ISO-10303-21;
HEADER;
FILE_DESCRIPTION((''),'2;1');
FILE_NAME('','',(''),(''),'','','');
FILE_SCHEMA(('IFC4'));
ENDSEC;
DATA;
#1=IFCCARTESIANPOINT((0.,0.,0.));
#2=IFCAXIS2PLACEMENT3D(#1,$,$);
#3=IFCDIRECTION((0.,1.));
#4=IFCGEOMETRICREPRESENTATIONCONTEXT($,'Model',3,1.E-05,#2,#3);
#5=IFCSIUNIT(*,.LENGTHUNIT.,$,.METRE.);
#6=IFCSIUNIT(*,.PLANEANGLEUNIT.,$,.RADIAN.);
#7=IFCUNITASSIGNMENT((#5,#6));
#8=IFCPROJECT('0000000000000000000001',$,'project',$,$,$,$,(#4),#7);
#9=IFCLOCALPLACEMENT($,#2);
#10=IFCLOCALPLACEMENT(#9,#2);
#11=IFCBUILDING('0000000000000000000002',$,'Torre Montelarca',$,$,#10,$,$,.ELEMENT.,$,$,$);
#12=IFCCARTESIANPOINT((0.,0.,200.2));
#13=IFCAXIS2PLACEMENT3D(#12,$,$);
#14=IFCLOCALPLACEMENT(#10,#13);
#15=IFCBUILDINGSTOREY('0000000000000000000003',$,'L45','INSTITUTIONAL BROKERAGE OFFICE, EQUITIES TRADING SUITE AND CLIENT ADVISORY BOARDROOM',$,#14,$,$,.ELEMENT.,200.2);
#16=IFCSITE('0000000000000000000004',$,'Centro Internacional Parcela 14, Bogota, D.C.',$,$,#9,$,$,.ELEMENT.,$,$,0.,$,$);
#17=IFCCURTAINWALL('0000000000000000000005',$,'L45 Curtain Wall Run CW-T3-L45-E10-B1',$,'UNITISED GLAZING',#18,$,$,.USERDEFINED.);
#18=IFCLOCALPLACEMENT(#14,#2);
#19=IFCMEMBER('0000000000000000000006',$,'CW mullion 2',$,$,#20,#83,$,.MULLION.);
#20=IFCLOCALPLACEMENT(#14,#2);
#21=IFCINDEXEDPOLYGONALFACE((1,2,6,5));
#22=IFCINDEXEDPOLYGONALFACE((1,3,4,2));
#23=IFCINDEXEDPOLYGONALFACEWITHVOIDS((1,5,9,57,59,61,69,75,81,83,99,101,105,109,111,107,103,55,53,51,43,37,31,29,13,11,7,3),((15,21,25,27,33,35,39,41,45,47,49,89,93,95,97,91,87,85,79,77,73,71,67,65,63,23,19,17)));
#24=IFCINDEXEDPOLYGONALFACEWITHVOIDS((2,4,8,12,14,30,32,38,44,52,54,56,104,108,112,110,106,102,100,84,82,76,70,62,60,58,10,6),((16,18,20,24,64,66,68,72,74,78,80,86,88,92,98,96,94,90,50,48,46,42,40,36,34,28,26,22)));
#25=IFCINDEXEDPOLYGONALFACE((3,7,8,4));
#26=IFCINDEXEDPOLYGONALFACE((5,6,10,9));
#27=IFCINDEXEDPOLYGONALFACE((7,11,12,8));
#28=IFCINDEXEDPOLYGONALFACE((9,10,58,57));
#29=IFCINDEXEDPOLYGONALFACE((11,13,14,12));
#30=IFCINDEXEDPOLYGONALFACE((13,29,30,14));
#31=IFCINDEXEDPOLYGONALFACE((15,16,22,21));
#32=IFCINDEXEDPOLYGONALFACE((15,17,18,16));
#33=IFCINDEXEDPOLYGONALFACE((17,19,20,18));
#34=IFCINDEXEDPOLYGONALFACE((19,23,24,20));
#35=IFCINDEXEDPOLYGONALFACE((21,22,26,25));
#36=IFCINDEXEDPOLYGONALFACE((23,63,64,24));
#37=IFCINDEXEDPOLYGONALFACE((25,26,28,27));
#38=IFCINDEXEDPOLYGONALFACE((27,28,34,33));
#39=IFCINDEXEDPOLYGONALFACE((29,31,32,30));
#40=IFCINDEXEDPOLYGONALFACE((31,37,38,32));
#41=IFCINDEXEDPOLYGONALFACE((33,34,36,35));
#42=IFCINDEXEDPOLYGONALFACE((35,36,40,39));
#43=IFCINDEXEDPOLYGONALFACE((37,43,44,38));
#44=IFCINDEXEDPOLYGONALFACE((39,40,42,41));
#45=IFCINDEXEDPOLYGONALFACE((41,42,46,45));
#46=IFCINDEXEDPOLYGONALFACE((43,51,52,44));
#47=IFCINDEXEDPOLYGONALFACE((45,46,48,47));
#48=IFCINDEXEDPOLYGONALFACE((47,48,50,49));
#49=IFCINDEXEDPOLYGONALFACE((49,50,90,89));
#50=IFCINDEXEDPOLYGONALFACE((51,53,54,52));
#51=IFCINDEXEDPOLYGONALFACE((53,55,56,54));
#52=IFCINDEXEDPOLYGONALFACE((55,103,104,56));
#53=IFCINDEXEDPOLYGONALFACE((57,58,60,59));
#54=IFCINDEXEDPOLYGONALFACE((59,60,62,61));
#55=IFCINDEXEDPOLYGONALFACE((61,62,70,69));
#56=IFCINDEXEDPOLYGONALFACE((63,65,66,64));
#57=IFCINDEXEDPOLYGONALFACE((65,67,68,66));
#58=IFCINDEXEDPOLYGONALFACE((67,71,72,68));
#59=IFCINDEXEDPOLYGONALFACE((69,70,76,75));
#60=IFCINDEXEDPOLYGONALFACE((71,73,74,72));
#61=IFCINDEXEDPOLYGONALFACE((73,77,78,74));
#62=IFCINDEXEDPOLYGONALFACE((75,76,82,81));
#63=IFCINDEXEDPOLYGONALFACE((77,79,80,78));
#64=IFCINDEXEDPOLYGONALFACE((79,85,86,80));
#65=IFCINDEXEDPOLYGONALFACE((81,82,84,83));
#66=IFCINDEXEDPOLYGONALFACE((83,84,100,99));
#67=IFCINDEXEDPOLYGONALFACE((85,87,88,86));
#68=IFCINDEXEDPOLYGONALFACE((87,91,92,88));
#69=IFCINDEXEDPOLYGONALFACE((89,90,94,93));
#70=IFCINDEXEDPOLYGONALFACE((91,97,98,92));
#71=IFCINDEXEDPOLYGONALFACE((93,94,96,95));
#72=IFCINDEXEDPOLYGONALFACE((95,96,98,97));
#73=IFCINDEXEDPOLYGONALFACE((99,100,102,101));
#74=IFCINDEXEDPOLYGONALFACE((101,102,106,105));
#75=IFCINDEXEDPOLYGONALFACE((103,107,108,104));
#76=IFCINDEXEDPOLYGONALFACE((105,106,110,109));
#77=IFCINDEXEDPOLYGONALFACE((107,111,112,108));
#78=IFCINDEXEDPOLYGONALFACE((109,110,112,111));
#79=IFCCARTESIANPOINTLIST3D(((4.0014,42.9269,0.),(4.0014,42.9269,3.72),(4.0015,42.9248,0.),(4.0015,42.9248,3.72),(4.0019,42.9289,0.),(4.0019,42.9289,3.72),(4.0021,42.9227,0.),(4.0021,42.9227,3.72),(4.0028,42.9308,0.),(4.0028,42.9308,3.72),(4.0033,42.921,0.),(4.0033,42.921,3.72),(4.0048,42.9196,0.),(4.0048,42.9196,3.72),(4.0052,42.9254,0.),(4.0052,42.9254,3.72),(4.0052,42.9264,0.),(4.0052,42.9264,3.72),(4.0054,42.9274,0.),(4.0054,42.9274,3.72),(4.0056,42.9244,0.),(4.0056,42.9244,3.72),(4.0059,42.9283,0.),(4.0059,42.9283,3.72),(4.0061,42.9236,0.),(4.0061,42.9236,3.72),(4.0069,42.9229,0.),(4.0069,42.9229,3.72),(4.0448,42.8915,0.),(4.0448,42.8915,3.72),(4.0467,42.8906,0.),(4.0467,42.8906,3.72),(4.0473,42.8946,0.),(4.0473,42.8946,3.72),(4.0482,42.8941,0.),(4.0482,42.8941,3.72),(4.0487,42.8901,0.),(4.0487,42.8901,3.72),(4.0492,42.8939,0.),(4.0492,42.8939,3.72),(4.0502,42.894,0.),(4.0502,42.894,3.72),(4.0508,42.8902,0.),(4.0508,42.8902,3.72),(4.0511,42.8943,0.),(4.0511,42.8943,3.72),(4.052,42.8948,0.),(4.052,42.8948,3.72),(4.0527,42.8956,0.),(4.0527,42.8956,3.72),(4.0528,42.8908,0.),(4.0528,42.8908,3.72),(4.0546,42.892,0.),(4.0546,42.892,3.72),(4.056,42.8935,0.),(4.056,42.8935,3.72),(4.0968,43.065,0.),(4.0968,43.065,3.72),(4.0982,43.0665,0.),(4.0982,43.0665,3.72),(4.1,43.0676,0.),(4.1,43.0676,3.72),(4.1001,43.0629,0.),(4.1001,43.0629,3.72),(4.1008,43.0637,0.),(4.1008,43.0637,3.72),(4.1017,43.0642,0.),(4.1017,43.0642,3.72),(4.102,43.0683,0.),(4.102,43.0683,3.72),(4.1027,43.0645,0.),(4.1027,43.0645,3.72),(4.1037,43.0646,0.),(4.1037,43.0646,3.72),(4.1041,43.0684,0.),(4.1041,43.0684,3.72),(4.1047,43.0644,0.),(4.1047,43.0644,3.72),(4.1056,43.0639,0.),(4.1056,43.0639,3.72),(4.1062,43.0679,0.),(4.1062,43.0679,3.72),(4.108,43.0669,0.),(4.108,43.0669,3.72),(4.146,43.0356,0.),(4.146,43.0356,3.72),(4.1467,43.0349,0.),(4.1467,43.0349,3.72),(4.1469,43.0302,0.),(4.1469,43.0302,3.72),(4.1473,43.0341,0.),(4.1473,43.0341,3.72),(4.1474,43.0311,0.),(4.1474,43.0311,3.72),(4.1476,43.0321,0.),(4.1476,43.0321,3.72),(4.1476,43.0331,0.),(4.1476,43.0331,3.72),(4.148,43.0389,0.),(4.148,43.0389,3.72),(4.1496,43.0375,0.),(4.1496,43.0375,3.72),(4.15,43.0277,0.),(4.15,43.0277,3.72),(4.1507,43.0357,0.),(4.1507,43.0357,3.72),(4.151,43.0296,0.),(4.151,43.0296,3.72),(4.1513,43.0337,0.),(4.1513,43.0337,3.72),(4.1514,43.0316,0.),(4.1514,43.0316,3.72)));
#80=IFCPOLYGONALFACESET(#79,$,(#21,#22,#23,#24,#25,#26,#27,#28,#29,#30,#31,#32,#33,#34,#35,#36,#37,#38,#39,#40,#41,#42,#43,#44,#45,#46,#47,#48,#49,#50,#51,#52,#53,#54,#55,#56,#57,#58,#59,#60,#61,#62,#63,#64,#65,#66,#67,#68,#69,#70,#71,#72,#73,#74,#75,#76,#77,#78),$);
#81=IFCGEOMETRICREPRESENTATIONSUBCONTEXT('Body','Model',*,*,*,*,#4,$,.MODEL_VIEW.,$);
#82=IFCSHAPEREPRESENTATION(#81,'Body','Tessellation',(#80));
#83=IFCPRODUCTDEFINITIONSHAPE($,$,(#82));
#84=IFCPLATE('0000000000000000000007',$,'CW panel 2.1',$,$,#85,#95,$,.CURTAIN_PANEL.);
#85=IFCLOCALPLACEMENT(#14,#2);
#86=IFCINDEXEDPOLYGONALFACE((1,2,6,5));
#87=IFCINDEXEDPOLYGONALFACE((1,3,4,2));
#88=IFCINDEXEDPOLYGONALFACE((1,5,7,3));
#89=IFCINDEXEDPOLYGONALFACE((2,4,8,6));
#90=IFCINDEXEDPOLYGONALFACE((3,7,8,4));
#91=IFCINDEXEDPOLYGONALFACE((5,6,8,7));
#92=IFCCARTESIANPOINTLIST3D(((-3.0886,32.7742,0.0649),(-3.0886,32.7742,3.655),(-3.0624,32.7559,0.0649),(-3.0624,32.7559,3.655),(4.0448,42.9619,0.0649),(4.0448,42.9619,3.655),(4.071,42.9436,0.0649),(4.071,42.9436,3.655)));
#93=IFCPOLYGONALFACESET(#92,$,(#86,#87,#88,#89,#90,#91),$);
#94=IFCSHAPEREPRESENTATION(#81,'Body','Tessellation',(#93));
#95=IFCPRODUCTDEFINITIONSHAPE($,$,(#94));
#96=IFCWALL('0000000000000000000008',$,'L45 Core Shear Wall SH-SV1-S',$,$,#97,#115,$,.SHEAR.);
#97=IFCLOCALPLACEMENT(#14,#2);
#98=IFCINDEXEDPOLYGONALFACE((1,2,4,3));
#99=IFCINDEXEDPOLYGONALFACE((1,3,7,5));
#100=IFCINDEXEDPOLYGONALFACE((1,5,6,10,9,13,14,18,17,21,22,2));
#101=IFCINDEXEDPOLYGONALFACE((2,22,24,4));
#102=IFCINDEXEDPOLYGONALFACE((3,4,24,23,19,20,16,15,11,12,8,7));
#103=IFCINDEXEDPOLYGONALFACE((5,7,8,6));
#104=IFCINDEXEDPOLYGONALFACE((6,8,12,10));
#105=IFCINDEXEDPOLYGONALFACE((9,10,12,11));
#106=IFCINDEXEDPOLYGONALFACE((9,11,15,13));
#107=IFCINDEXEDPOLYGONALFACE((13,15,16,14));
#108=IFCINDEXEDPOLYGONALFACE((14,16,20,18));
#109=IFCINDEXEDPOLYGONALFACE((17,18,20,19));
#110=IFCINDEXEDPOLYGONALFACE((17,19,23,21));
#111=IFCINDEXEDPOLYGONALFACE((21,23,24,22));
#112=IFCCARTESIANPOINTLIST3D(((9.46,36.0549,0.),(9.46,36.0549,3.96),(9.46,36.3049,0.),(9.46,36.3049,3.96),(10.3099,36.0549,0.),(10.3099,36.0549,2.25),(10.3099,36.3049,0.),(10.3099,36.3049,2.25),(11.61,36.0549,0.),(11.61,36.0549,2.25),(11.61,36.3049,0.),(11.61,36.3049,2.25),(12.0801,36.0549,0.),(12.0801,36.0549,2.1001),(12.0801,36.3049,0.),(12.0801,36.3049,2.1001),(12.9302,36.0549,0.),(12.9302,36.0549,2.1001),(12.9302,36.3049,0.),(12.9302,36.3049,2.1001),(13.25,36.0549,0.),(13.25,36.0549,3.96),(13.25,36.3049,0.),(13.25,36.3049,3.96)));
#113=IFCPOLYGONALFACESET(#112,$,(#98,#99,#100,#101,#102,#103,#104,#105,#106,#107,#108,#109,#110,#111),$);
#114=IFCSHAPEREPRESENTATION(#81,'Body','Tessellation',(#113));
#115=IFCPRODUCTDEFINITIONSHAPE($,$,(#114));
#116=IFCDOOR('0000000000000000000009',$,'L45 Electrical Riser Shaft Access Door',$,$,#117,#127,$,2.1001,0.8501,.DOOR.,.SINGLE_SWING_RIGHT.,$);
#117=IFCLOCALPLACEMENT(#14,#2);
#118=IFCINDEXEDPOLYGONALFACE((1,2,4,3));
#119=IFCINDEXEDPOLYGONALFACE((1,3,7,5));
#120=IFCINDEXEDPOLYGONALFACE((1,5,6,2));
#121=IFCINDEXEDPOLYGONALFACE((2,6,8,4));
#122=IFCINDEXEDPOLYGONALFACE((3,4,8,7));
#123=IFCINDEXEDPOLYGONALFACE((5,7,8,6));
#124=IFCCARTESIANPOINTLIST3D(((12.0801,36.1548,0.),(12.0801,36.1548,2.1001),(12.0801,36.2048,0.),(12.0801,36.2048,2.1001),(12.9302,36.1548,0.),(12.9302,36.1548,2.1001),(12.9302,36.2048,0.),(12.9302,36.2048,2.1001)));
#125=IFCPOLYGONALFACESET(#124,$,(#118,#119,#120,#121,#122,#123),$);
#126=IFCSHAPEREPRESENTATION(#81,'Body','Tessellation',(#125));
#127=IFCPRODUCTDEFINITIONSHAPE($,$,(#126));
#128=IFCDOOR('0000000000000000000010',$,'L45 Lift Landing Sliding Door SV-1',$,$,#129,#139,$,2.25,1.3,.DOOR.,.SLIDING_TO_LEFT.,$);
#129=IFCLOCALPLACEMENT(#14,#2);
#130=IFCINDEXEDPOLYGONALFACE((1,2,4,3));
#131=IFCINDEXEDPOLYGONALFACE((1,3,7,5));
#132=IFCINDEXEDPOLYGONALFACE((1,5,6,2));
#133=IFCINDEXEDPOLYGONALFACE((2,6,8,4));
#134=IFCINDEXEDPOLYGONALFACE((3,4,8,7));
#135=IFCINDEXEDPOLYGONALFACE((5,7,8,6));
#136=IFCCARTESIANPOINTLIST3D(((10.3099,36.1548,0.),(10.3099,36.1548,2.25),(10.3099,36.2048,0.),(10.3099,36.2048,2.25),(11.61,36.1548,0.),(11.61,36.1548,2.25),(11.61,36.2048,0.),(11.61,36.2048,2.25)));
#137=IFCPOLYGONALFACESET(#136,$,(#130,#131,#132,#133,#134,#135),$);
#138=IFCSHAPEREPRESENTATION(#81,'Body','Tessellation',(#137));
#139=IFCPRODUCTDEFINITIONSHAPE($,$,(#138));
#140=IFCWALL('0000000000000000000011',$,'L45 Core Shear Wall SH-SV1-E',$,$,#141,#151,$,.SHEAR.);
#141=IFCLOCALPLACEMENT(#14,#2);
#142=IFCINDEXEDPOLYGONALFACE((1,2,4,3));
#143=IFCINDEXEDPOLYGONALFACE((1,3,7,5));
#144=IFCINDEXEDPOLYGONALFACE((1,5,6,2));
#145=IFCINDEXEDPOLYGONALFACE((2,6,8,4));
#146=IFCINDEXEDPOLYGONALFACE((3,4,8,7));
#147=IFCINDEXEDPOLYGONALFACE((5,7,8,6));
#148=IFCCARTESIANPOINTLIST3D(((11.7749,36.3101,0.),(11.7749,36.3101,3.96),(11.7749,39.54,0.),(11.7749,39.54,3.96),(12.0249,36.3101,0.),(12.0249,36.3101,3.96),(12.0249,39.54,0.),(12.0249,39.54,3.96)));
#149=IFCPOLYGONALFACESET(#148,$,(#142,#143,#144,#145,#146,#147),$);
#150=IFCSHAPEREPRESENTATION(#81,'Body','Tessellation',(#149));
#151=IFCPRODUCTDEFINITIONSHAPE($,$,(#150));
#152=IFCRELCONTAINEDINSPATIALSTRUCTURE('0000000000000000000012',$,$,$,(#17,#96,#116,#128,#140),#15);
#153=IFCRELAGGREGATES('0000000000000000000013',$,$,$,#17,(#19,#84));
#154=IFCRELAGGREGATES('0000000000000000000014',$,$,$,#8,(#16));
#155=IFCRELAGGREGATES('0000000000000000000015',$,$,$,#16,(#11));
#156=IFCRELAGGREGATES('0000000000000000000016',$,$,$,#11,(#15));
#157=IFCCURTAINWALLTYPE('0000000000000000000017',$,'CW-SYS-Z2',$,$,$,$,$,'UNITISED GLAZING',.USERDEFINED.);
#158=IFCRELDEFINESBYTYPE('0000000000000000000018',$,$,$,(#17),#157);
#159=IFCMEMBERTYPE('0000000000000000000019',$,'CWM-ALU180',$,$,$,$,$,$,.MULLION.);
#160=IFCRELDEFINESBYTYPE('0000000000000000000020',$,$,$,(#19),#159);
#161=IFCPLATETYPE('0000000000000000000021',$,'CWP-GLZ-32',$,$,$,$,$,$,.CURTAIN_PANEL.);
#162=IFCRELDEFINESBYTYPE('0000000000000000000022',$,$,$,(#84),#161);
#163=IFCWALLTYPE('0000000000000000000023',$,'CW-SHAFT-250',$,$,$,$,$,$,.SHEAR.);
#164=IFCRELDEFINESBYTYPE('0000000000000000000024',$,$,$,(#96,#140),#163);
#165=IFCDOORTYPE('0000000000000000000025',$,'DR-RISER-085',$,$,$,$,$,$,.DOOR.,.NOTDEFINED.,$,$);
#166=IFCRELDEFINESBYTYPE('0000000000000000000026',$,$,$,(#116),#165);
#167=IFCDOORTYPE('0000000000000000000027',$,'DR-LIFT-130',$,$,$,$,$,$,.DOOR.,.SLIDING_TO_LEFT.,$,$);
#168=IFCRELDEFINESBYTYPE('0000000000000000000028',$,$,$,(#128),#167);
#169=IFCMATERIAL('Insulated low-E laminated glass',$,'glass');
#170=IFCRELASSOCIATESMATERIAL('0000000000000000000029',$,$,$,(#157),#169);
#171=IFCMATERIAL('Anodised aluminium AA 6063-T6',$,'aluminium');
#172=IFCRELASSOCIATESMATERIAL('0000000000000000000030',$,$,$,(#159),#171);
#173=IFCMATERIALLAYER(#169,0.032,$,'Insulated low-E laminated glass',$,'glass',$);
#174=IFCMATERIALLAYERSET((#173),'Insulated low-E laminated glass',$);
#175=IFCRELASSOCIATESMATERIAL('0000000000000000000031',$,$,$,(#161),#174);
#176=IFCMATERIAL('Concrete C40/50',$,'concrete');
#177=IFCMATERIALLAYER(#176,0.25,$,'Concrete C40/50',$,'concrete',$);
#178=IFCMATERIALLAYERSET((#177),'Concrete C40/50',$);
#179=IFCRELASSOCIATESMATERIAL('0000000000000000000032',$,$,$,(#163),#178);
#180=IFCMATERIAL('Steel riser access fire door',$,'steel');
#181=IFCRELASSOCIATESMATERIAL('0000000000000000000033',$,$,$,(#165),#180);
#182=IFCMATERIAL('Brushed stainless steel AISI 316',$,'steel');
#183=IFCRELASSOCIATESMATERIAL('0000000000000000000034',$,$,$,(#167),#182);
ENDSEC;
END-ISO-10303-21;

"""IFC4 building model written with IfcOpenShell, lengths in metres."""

from ifc_helpers import new_model, si_unit, direction, frame, frame_2d, origin, origin_2d, place, context, subcontext, project, spatial, rectangle, hollow_rectangle, extrude, source, transform, mapped, material, layer, layer_set, material_profile, profile_set, type_object, element, fill, aggregate, save


model = new_model("IFC4")

# Units and contexts
model_context = context("Model", 3, precision=1e-05, world=origin(), true_north=direction((0.0, 1.0)))
body_context = subcontext(model_context, "Body", "Model", "MODEL_VIEW")
ifc_project = project(units=[si_unit("LENGTHUNIT", "METRE"), si_unit("PLANEANGLEUNIT", "RADIAN")], contexts=[model_context])

# Site, building, storey
site_placement = place(None, origin())
site = spatial("IfcSite", under=ifc_project, at=site_placement, Name="Centro Internacional Parcela 14, Bogota, D.C.", CompositionType="ELEMENT", RefElevation=0.0)
building_placement = place(site_placement, origin())
building = spatial("IfcBuilding", under=site, at=building_placement, Name="Torre Montelarca", CompositionType="ELEMENT")
storey_placement = place(building_placement, frame((0.0, 0.0, 200.2)))
storey = spatial("IfcBuildingStorey", under=building, at=storey_placement, Name="L45", Description="INSTITUTIONAL BROKERAGE OFFICE, EQUITIES TRADING SUITE AND CLIENT ADVISORY BOARDROOM", CompositionType="ELEMENT", Elevation=200.2)

# Curtain wall, member, plate
ifc_material_1 = material(Name="Insulated low-E laminated glass", Category="glass")
curtain_wall_type = type_object("IfcCurtainWallType", Name="CW-SYS-Z2", ElementType="UNITISED GLAZING", PredefinedType="USERDEFINED", material=ifc_material_1)
curtain_wall_placement = place(storey_placement, origin())
curtain_wall = element("IfcCurtainWall", 1, at=curtain_wall_placement, inside=storey, type_object=curtain_wall_type, Name="L45 Curtain Wall Run CW-T3-L45-E10-B1", ObjectType="UNITISED GLAZING", PredefinedType="USERDEFINED")
ifc_material_2 = material(Name="Anodised aluminium AA 6063-T6", Category="aluminium")
ifc_material_profile_1 = material_profile(ifc_material_2, hollow_rectangle(XDim=0.0649, YDim=0.1799, WallThickness=0.0039, InnerFilletRadius=0.0039, OuterFilletRadius=0.0081, at=origin_2d()), Name="ALU65X180X4", Category="aluminium")
ifc_profile_set_1 = profile_set([ifc_material_profile_1], Name="Anodised aluminium AA 6063-T6")
member_type_1 = type_object("IfcMemberType", Name="CWM-ALU180", PredefinedType="MULLION", material=ifc_profile_set_1)
shared_shape_1 = source(origin(), body_context, "Body", "SweptSolid", [
    extrude(hollow_rectangle(XDim=0.0649, YDim=0.1799, WallThickness=0.0039, InnerFilletRadius=0.0039, OuterFilletRadius=0.0081, at=origin_2d()), origin(), (0.0, 0.0, 1.0), 3.72),
])
member_1_placement = place(storey_placement, frame((4.0764, 42.9792, 0.0), z_axis=(0.0, 0.0, 1.0), x_axis=(0.819158, -0.573569, 0.0)))
member_1 = element("IfcMember", 2, at=member_1_placement, type_object=member_type_1, Name="CW mullion 2", PredefinedType="MULLION", context=body_context, shape_type="MappedRepresentation", body=[
    mapped(shared_shape_1, transform((0.0, 0.0, 0.0), scale=1.0)),
])
ifc_layer_1 = layer(ifc_material_1, 0.032, Name="Insulated low-E laminated glass", Category="glass")
ifc_layer_set_1 = layer_set([ifc_layer_1], Name="Insulated low-E laminated glass")
plate_type = type_object("IfcPlateType", Name="CWP-GLZ-32", PredefinedType="CURTAIN_PANEL", material=ifc_layer_set_1)
shared_shape_2 = source(origin(), body_context, "Body", "SweptSolid", [
    extrude(rectangle(XDim=12.4368, YDim=0.032, at=origin_2d()), origin(), (0.0, 0.0, 1.0), 3.5901),
])
plate_placement = place(storey_placement, frame((0.4912, 37.8589, 0.0649), z_axis=(0.0, 0.0, 1.0), x_axis=(-0.573569, -0.819158, 0.0)))
plate = element("IfcPlate", 3, at=plate_placement, type_object=plate_type, Name="CW panel 2.1", PredefinedType="CURTAIN_PANEL", context=body_context, shape_type="MappedRepresentation", body=[
    mapped(shared_shape_2, transform((0.0, 0.0, 0.0), scale=1.0)),
])
aggregate(curtain_wall, [member_1, plate])

# Wall, openings, doors
ifc_material_3 = material(Name="Concrete C40/50", Category="concrete")
ifc_layer_2 = layer(ifc_material_3, 0.25, Name="Concrete C40/50", Category="concrete")
ifc_layer_set_2 = layer_set([ifc_layer_2], Name="Concrete C40/50")
wall_type_1 = type_object("IfcWallType", Name="CW-SHAFT-250", PredefinedType="SHEAR", material=ifc_layer_set_2)
wall_1_placement = place(storey_placement, frame((9.46, 36.1799, 0.0), z_axis=(0.0, 0.0, 1.0), x_axis=(1.0, 0.0, 0.0)))
wall_1 = element("IfcWall", 4, at=wall_1_placement, inside=storey, type_object=wall_type_1, Name="L45 Core Shear Wall SH-SV1-S", PredefinedType="SHEAR", context=body_context, shape_type="SweptSolid", body=[
    extrude(rectangle(XDim=3.79, YDim=0.25, at=frame_2d((1.895, 0.0))), origin(), (0.0, 0.0, 1.0), 3.96),
])
opening_1_placement = place(wall_1_placement, frame((2.6201, 0.0, 0.0)))
opening_1 = element("IfcOpeningElement", 5, at=opening_1_placement, cuts=wall_1, PredefinedType="OPENING", context=body_context, shape_type="SweptSolid", body=[
    extrude(rectangle(XDim=0.8501, YDim=2.1001, at=frame_2d((0.425, 1.05))), frame((0.0, 0.135, 0.0), z_axis=(0.0, -1.0, 0.0), x_axis=(1.0, 0.0, 0.0)), (0.0, 0.0, 1.0), 0.27),
])
opening_2_placement = place(wall_1_placement, frame((0.8501, 0.0, 0.0)))
opening_2 = element("IfcOpeningElement", 6, at=opening_2_placement, cuts=wall_1, PredefinedType="OPENING", context=body_context, shape_type="SweptSolid", body=[
    extrude(rectangle(XDim=1.3, YDim=2.25, at=frame_2d((0.6499, 1.125))), frame((0.0, 0.135, 0.0), z_axis=(0.0, -1.0, 0.0), x_axis=(1.0, 0.0, 0.0)), (0.0, 0.0, 1.0), 0.27),
])
ifc_material_4 = material(Name="Steel riser access fire door", Category="steel")
door_type_1 = type_object("IfcDoorType", Name="DR-RISER-085", OperationType="NOTDEFINED", PredefinedType="DOOR", material=ifc_material_4)
shared_shape_3 = source(origin(), body_context, "Body", "SweptSolid", [
    extrude(rectangle(XDim=0.8501, YDim=2.1001, at=frame_2d((0.425, 1.05))), frame((0.0, 0.0249, 0.0), z_axis=(0.0, -1.0, 0.0), x_axis=(1.0, 0.0, 0.0)), (0.0, 0.0, 1.0), 0.05),
])
door_1_placement = place(opening_1_placement, origin())
door_1 = element("IfcDoor", 7, at=door_1_placement, inside=storey, type_object=door_type_1, Name="L45 Electrical Riser Shaft Access Door", OperationType="SINGLE_SWING_RIGHT", OverallHeight=2.1001, OverallWidth=0.8501, PredefinedType="DOOR", context=body_context, shape_type="MappedRepresentation", body=[
    mapped(shared_shape_3, transform((0.0, 0.0, 0.0), scale=1.0)),
])
fill(opening_1, door_1)
ifc_material_5 = material(Name="Brushed stainless steel AISI 316", Category="steel")
door_type_2 = type_object("IfcDoorType", Name="DR-LIFT-130", OperationType="SLIDING_TO_LEFT", PredefinedType="DOOR", material=ifc_material_5)
shared_shape_4 = source(origin(), body_context, "Body", "SweptSolid", [
    extrude(rectangle(XDim=1.3, YDim=2.25, at=frame_2d((0.6499, 1.125))), frame((0.0, 0.0249, 0.0), z_axis=(0.0, -1.0, 0.0), x_axis=(1.0, 0.0, 0.0)), (0.0, 0.0, 1.0), 0.05),
])
door_2_placement = place(opening_2_placement, origin())
door_2 = element("IfcDoor", 8, at=door_2_placement, inside=storey, type_object=door_type_2, Name="L45 Lift Landing Sliding Door SV-1", OperationType="SLIDING_TO_LEFT", OverallHeight=2.25, OverallWidth=1.3, PredefinedType="DOOR", context=body_context, shape_type="MappedRepresentation", body=[
    mapped(shared_shape_4, transform((0.0, 0.0, 0.0), scale=1.0)),
])
fill(opening_2, door_2)

# Wall
wall_2_placement = place(storey_placement, frame((11.8999, 36.3101, 0.0), z_axis=(0.0, 0.0, 1.0), x_axis=(0.0, 1.0, 0.0)))
element("IfcWall", 9, at=wall_2_placement, inside=storey, type_object=wall_type_1, Name="L45 Core Shear Wall SH-SV1-E", PredefinedType="SHEAR", context=body_context, shape_type="SweptSolid", body=[
    extrude(rectangle(XDim=3.23, YDim=0.25, at=frame_2d((1.615, 0.0))), origin(), (0.0, 0.0, 1.0), 3.96),
])

save(model, "model.ifc")
